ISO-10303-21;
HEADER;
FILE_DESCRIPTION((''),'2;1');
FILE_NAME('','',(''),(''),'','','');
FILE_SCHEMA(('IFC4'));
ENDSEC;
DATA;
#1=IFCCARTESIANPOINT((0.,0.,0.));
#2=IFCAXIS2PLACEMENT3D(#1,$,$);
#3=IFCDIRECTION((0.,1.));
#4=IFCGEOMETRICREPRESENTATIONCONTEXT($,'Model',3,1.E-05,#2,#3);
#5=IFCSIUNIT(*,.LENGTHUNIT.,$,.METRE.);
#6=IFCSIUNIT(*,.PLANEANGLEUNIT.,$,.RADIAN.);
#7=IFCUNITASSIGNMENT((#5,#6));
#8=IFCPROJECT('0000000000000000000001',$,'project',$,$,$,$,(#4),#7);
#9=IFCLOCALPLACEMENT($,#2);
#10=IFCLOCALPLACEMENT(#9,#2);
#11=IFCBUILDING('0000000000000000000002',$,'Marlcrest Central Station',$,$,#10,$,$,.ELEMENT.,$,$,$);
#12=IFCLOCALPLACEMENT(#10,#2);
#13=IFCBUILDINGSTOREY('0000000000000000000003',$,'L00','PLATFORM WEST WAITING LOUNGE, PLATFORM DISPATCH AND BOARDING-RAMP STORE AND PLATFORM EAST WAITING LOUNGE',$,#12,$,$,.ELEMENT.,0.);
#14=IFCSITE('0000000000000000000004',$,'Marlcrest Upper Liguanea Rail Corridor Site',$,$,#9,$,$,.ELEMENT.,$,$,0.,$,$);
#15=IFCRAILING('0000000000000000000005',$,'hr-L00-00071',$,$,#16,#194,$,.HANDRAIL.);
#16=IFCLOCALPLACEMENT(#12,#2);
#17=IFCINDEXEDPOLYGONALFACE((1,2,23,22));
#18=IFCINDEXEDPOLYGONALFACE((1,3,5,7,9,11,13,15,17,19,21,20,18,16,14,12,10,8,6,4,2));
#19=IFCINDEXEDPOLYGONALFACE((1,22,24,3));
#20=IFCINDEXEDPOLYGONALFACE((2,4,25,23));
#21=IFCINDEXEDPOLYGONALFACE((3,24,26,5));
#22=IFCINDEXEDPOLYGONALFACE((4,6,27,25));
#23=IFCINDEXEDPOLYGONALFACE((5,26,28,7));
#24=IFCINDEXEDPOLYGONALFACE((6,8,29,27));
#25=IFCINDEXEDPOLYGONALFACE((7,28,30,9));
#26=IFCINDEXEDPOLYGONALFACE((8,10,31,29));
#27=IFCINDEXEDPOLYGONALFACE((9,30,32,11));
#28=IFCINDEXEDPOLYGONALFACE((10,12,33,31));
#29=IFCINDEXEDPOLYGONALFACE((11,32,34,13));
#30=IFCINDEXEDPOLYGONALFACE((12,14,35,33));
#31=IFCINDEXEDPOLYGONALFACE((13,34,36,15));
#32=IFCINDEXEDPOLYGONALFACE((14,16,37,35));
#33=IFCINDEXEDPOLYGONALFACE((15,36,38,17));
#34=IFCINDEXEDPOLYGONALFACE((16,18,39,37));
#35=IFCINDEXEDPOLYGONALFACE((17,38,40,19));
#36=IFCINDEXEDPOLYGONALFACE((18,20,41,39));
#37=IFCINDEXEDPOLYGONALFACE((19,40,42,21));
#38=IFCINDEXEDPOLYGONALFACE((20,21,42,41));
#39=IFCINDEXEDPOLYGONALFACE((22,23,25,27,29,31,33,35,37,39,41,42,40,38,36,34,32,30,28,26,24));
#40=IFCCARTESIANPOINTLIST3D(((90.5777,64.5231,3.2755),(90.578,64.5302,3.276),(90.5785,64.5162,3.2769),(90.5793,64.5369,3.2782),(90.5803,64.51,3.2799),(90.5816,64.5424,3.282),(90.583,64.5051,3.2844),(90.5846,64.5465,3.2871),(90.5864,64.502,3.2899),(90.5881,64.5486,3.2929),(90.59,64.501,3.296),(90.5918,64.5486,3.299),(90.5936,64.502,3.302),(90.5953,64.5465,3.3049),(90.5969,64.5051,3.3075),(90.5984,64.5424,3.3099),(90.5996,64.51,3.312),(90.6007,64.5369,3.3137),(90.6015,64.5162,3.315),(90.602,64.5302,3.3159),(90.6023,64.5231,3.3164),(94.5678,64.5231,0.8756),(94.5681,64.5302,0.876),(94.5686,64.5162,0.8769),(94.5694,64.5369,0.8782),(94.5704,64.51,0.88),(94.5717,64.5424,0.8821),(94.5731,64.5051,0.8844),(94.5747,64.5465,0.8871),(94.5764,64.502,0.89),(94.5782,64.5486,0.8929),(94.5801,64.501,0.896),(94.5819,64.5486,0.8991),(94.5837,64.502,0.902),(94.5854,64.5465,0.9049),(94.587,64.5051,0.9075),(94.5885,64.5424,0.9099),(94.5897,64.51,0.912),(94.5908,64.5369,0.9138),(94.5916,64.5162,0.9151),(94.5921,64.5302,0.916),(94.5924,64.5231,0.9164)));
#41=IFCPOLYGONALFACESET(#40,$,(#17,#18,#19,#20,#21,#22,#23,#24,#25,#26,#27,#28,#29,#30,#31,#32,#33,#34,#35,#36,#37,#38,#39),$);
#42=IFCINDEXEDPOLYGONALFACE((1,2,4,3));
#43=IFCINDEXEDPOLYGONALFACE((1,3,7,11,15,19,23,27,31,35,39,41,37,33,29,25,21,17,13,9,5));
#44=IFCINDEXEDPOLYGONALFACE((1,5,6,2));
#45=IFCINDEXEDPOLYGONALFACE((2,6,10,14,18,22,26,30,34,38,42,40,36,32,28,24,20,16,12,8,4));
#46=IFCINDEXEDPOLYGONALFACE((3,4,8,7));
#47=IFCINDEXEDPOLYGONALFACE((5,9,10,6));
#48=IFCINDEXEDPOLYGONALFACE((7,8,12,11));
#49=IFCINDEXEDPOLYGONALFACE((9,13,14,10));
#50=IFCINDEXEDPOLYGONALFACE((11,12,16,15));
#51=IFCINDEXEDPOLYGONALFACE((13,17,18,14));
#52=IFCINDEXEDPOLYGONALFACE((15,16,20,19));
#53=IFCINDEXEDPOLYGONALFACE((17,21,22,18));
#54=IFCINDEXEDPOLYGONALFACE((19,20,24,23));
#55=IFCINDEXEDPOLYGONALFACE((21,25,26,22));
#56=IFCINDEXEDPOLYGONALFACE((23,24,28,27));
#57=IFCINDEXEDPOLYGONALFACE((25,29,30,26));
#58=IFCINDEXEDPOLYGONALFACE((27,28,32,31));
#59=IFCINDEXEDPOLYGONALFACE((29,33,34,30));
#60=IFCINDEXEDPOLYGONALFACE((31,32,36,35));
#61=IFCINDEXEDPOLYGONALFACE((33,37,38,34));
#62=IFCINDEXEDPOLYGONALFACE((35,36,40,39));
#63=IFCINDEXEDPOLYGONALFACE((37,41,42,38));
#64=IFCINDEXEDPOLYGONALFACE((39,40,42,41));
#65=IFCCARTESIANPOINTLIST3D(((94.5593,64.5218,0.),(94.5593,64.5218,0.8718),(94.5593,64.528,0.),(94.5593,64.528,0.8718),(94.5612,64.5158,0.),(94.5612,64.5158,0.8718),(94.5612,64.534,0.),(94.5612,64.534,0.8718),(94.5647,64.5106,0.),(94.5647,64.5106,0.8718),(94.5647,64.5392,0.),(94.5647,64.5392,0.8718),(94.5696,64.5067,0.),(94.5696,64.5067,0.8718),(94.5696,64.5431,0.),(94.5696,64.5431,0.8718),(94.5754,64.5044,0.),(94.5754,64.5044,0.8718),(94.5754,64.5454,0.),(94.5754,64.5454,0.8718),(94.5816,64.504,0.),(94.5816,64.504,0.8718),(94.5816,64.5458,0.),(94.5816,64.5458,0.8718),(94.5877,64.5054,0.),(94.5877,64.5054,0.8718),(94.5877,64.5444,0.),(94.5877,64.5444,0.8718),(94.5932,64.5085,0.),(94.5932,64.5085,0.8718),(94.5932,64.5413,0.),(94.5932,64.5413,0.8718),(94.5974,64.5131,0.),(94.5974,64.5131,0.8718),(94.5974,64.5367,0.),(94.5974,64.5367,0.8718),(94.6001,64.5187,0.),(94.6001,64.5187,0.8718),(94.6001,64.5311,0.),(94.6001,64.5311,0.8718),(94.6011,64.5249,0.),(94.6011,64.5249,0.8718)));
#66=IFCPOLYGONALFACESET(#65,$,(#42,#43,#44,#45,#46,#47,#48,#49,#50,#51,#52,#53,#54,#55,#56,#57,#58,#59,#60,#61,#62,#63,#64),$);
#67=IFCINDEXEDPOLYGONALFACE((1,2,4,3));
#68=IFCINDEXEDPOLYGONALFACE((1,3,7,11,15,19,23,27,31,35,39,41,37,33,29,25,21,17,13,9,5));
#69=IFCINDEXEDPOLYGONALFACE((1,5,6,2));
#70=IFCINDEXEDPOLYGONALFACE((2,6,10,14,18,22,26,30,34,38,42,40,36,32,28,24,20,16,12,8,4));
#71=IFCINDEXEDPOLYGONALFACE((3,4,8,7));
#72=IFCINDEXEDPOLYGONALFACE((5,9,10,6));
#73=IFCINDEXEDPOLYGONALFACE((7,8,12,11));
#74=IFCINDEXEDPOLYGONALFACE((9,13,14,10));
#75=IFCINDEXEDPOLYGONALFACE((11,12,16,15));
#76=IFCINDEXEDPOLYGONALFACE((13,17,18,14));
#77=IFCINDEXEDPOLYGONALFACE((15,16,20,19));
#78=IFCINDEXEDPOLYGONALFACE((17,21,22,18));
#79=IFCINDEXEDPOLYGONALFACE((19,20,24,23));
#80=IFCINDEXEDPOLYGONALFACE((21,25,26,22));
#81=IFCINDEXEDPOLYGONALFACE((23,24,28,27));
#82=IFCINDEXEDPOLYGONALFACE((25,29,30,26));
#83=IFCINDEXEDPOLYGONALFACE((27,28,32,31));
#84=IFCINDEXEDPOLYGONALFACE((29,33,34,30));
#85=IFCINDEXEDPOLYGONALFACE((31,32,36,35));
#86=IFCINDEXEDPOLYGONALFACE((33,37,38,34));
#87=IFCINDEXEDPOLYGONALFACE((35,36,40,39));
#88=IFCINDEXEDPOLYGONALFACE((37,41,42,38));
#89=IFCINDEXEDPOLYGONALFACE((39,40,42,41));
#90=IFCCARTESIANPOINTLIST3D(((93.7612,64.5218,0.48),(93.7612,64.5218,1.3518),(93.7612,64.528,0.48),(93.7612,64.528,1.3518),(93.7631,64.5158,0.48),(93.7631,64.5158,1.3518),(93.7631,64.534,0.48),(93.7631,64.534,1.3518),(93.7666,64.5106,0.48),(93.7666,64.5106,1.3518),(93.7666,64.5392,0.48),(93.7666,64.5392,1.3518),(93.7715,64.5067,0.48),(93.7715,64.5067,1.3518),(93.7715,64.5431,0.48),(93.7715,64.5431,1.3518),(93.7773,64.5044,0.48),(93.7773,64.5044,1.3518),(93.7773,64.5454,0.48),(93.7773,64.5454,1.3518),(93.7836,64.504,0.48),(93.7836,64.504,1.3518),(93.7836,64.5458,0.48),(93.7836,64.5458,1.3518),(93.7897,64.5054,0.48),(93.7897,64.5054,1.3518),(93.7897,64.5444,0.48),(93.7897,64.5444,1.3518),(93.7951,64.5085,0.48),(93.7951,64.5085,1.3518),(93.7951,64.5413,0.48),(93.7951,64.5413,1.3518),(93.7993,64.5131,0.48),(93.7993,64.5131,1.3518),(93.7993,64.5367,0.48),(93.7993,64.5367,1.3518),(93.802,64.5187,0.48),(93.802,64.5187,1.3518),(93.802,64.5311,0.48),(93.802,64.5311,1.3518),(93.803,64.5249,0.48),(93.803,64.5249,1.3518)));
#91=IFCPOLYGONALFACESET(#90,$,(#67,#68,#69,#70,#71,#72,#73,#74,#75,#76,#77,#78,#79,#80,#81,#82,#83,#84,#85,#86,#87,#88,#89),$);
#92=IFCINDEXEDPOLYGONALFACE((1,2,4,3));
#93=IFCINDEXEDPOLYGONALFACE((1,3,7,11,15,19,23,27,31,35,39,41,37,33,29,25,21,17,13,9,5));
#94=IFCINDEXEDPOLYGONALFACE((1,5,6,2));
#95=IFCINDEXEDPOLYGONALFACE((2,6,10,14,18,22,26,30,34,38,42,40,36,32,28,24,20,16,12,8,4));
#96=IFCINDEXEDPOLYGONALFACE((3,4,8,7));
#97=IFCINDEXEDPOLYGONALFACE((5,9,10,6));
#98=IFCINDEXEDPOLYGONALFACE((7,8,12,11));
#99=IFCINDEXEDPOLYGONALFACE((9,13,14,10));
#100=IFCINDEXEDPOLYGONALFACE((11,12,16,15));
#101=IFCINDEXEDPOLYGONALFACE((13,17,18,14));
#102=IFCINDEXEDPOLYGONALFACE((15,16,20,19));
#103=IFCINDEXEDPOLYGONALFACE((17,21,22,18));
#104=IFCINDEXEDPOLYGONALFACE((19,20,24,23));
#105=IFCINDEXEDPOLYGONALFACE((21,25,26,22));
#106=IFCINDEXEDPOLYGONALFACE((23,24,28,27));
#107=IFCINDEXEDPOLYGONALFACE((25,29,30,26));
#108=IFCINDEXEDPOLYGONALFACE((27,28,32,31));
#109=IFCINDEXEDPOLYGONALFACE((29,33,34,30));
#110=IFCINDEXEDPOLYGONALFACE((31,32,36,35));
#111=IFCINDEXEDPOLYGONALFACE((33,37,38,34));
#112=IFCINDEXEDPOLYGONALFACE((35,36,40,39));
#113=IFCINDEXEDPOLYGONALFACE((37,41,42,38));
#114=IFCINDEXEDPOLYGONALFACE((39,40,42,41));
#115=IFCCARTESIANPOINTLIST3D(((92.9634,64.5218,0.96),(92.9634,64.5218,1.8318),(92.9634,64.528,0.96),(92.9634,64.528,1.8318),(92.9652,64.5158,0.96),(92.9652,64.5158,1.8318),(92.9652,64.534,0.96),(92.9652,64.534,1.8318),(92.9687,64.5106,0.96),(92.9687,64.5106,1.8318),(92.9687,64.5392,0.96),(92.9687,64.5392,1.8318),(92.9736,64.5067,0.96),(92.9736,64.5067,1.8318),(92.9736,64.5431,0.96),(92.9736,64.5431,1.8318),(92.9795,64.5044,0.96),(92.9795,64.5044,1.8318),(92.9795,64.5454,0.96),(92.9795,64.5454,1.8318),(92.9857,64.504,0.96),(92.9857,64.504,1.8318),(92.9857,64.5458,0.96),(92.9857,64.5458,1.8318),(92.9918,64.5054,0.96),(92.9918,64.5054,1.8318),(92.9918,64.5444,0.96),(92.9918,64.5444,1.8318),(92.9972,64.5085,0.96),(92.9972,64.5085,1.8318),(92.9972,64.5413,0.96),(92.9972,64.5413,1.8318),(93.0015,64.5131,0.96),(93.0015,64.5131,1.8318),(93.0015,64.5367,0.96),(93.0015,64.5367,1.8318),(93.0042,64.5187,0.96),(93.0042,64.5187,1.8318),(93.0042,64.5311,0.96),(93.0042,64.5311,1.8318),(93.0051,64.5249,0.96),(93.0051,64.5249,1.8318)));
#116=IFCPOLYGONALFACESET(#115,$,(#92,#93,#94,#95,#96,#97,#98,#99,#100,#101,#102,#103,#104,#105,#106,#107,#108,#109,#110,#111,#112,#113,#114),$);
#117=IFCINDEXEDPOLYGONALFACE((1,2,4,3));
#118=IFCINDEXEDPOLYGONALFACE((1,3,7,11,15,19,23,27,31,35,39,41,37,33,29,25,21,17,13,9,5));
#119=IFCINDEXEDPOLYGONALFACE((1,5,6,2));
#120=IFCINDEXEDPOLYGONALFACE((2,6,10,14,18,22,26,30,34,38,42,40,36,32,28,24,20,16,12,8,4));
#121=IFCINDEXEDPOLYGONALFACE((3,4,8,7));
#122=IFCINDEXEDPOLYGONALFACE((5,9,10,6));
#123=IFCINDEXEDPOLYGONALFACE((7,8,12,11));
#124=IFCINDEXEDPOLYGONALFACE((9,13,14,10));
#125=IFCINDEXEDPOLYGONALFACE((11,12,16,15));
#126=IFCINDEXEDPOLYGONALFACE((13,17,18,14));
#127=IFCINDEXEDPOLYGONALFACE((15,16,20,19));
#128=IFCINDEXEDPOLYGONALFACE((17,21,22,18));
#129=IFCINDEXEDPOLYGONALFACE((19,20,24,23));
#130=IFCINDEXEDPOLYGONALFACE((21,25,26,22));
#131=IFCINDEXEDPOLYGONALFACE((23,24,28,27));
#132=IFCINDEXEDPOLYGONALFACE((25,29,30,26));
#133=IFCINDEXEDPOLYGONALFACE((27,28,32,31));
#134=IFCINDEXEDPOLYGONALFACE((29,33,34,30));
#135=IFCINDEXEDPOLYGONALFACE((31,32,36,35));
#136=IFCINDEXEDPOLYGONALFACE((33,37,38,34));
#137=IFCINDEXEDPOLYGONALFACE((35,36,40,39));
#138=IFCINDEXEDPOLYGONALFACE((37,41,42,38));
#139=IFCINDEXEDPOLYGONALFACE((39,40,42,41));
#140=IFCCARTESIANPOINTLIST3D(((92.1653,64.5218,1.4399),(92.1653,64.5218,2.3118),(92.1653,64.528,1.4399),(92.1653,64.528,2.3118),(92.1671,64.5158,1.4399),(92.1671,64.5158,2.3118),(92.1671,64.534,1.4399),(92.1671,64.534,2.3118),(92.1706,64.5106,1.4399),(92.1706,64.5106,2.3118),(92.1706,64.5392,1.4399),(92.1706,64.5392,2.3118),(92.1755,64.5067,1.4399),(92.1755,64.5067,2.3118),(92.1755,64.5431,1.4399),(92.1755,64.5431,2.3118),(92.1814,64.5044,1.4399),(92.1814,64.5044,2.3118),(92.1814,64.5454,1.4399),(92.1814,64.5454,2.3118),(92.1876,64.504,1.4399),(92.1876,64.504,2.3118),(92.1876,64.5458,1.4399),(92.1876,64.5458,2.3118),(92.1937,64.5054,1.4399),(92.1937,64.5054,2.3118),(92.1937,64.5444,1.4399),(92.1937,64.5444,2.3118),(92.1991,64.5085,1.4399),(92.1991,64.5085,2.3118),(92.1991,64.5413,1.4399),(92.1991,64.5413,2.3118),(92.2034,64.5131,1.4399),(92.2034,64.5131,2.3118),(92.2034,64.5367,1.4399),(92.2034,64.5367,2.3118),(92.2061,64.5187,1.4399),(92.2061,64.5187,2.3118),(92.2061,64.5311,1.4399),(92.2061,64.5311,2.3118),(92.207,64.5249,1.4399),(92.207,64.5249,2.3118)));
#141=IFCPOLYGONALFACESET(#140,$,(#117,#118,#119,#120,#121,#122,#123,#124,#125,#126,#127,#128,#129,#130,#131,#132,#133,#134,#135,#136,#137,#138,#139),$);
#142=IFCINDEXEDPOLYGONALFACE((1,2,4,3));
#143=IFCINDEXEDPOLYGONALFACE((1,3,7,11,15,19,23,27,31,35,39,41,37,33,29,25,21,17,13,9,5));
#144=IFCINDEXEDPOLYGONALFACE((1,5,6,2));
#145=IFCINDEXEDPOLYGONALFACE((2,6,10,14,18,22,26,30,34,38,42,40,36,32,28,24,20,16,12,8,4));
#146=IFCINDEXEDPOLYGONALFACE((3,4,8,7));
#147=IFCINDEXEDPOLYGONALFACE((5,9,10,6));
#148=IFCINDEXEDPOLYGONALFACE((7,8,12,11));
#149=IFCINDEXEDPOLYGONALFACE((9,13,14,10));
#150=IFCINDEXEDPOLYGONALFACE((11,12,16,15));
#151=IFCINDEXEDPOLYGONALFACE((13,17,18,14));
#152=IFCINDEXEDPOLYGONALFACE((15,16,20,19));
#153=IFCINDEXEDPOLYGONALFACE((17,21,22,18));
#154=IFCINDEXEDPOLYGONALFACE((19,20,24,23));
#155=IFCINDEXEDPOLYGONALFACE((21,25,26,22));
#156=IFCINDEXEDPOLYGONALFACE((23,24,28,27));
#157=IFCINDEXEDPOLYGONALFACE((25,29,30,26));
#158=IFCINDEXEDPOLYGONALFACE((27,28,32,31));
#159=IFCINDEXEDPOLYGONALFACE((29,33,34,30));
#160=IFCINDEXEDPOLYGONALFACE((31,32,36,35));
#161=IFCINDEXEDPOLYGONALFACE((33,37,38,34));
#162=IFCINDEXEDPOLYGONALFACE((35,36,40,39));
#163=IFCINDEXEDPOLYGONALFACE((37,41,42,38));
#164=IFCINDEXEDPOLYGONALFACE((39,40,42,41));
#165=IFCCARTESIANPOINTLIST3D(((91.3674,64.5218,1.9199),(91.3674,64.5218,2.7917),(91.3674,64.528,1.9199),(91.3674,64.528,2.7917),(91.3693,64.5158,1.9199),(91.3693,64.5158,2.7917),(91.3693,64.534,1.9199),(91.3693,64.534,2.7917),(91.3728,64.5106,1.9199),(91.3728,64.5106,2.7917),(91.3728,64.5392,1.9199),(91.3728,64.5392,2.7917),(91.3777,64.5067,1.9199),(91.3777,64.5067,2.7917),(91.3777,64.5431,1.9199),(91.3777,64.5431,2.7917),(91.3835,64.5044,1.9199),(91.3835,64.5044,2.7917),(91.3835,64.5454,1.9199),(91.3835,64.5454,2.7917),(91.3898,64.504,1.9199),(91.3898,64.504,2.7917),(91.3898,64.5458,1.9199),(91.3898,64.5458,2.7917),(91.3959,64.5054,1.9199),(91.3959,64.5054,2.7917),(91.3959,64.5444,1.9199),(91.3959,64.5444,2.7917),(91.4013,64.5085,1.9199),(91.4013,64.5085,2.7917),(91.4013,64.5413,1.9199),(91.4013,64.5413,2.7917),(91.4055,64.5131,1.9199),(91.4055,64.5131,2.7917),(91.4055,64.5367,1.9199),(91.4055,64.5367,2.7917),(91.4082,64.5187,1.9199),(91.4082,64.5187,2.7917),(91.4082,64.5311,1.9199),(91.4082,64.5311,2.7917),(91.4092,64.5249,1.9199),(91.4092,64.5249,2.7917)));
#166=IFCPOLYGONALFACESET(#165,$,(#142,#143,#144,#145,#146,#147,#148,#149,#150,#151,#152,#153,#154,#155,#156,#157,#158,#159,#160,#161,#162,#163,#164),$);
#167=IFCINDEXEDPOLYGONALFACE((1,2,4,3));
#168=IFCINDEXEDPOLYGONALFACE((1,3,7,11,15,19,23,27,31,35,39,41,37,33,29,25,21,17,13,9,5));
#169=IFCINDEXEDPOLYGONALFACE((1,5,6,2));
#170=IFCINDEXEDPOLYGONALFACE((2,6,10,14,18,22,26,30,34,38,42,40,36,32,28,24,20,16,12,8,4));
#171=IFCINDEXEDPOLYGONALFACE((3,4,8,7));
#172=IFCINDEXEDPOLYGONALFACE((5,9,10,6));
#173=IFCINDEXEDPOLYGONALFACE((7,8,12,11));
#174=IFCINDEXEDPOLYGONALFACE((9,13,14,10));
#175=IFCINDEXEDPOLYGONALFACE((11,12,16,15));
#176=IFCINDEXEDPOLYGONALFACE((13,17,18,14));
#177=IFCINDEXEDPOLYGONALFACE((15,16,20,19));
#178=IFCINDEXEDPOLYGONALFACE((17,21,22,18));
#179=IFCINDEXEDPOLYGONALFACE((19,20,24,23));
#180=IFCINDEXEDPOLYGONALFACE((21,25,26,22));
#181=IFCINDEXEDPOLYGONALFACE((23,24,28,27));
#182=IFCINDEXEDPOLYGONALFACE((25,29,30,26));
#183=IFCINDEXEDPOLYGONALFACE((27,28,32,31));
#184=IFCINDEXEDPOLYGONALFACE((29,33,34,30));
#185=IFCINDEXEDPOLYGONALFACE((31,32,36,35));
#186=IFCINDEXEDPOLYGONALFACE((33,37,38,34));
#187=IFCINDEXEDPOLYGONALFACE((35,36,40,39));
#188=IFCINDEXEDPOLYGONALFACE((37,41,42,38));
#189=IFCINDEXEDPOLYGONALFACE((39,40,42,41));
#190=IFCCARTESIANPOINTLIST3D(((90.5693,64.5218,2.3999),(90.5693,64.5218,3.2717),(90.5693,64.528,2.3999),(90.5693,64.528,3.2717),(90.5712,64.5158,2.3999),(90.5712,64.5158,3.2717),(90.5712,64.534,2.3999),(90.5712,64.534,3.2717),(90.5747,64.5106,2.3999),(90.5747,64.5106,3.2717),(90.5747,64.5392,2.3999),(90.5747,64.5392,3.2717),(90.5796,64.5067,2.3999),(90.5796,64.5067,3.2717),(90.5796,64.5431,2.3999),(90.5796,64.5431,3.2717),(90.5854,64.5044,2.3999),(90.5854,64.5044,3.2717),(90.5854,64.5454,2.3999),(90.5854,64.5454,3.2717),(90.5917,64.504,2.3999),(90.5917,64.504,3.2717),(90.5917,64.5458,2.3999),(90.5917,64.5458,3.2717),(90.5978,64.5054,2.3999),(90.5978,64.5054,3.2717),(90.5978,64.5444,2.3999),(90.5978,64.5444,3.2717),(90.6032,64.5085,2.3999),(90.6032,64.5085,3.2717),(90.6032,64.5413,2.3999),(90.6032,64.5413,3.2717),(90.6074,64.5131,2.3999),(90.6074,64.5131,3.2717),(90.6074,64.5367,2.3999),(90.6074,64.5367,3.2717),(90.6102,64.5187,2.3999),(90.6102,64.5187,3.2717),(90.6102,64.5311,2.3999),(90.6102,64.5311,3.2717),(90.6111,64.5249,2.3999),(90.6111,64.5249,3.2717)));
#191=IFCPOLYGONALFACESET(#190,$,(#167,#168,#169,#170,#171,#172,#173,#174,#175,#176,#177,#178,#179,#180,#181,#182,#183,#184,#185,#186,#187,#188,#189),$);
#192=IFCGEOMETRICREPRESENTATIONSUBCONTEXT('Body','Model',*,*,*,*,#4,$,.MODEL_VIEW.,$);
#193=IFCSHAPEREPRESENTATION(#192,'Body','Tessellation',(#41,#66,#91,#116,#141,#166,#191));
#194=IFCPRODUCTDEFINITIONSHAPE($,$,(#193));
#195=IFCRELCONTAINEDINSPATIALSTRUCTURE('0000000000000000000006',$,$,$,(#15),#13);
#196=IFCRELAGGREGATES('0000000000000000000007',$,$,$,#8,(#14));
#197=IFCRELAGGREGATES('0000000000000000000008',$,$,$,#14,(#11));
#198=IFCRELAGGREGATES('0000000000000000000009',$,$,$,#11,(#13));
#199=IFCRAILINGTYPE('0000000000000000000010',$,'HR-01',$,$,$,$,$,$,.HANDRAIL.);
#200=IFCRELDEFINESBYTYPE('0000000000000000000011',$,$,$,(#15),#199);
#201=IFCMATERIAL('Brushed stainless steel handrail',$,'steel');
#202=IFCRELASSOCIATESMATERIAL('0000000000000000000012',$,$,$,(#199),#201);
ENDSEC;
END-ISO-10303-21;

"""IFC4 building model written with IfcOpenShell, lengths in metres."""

from ifc_helpers import new_model, si_unit, direction, frame, origin, origin_2d, place, context, subcontext, project, spatial, circle, extrude, material, type_object, element, save


model = new_model("IFC4")

# Units and contexts
model_context = context("Model", 3, precision=1e-05, world=origin(), true_north=direction((0.0, 1.0)))
body_context = subcontext(model_context, "Body", "Model", "MODEL_VIEW")
ifc_project = project(units=[si_unit("LENGTHUNIT", "METRE"), si_unit("PLANEANGLEUNIT", "RADIAN")], contexts=[model_context])

# Site, building, storey
site_placement = place(None, origin())
site = spatial("IfcSite", under=ifc_project, at=site_placement, Name="Marlcrest Upper Liguanea Rail Corridor Site", CompositionType="ELEMENT", RefElevation=0.0)
building_placement = place(site_placement, origin())
building = spatial("IfcBuilding", under=site, at=building_placement, Name="Marlcrest Central Station", CompositionType="ELEMENT")
storey_placement = place(building_placement, origin())
storey = spatial("IfcBuildingStorey", under=building, at=storey_placement, Name="L00", Description="PLATFORM WEST WAITING LOUNGE, PLATFORM DISPATCH AND BOARDING-RAMP STORE AND PLATFORM EAST WAITING LOUNGE", CompositionType="ELEMENT", Elevation=0.0)

# Railing
ifc_material_1 = material(Name="Brushed stainless steel handrail", Category="steel")
railing_type = type_object("IfcRailingType", Name="HR-01", PredefinedType="HANDRAIL", material=ifc_material_1)
railing_1_placement = place(storey_placement, frame((94.5801, 64.5249, 0.0)))
element("IfcRailing", 1, at=railing_1_placement, inside=storey, type_object=railing_type, Name="hr-L00-00071", PredefinedType="HANDRAIL", context=body_context, shape_type="SweptSolid", body=[
    extrude(circle(Radius=0.0239, at=origin_2d()), frame((0.0, 0.0, 0.896), z_axis=(-0.856933, 0.0, 0.515428), x_axis=(0.0, -1.0, 0.0)), (0.0, 0.0, 1.0), 4.6562),
    extrude(circle(Radius=0.021, at=origin_2d()), origin(), (0.0, 0.0, 1.0), 0.8718),
    extrude(circle(Radius=0.021, at=origin_2d()), frame((-0.7981, 0.0, 0.48)), (0.0, 0.0, 1.0), 0.8718),
    extrude(circle(Radius=0.021, at=origin_2d()), frame((-1.5959, 0.0, 0.96)), (0.0, 0.0, 1.0), 0.8718),
    extrude(circle(Radius=0.021, at=origin_2d()), frame((-2.394, 0.0, 1.4399)), (0.0, 0.0, 1.0), 0.8718),
    extrude(circle(Radius=0.021, at=origin_2d()), frame((-3.1919, 0.0, 1.9199)), (0.0, 0.0, 1.0), 0.8718),
    extrude(circle(Radius=0.021, at=origin_2d()), frame((-3.99, 0.0, 2.3999)), (0.0, 0.0, 1.0), 0.8718),
])

save(model, "model.ifc")
